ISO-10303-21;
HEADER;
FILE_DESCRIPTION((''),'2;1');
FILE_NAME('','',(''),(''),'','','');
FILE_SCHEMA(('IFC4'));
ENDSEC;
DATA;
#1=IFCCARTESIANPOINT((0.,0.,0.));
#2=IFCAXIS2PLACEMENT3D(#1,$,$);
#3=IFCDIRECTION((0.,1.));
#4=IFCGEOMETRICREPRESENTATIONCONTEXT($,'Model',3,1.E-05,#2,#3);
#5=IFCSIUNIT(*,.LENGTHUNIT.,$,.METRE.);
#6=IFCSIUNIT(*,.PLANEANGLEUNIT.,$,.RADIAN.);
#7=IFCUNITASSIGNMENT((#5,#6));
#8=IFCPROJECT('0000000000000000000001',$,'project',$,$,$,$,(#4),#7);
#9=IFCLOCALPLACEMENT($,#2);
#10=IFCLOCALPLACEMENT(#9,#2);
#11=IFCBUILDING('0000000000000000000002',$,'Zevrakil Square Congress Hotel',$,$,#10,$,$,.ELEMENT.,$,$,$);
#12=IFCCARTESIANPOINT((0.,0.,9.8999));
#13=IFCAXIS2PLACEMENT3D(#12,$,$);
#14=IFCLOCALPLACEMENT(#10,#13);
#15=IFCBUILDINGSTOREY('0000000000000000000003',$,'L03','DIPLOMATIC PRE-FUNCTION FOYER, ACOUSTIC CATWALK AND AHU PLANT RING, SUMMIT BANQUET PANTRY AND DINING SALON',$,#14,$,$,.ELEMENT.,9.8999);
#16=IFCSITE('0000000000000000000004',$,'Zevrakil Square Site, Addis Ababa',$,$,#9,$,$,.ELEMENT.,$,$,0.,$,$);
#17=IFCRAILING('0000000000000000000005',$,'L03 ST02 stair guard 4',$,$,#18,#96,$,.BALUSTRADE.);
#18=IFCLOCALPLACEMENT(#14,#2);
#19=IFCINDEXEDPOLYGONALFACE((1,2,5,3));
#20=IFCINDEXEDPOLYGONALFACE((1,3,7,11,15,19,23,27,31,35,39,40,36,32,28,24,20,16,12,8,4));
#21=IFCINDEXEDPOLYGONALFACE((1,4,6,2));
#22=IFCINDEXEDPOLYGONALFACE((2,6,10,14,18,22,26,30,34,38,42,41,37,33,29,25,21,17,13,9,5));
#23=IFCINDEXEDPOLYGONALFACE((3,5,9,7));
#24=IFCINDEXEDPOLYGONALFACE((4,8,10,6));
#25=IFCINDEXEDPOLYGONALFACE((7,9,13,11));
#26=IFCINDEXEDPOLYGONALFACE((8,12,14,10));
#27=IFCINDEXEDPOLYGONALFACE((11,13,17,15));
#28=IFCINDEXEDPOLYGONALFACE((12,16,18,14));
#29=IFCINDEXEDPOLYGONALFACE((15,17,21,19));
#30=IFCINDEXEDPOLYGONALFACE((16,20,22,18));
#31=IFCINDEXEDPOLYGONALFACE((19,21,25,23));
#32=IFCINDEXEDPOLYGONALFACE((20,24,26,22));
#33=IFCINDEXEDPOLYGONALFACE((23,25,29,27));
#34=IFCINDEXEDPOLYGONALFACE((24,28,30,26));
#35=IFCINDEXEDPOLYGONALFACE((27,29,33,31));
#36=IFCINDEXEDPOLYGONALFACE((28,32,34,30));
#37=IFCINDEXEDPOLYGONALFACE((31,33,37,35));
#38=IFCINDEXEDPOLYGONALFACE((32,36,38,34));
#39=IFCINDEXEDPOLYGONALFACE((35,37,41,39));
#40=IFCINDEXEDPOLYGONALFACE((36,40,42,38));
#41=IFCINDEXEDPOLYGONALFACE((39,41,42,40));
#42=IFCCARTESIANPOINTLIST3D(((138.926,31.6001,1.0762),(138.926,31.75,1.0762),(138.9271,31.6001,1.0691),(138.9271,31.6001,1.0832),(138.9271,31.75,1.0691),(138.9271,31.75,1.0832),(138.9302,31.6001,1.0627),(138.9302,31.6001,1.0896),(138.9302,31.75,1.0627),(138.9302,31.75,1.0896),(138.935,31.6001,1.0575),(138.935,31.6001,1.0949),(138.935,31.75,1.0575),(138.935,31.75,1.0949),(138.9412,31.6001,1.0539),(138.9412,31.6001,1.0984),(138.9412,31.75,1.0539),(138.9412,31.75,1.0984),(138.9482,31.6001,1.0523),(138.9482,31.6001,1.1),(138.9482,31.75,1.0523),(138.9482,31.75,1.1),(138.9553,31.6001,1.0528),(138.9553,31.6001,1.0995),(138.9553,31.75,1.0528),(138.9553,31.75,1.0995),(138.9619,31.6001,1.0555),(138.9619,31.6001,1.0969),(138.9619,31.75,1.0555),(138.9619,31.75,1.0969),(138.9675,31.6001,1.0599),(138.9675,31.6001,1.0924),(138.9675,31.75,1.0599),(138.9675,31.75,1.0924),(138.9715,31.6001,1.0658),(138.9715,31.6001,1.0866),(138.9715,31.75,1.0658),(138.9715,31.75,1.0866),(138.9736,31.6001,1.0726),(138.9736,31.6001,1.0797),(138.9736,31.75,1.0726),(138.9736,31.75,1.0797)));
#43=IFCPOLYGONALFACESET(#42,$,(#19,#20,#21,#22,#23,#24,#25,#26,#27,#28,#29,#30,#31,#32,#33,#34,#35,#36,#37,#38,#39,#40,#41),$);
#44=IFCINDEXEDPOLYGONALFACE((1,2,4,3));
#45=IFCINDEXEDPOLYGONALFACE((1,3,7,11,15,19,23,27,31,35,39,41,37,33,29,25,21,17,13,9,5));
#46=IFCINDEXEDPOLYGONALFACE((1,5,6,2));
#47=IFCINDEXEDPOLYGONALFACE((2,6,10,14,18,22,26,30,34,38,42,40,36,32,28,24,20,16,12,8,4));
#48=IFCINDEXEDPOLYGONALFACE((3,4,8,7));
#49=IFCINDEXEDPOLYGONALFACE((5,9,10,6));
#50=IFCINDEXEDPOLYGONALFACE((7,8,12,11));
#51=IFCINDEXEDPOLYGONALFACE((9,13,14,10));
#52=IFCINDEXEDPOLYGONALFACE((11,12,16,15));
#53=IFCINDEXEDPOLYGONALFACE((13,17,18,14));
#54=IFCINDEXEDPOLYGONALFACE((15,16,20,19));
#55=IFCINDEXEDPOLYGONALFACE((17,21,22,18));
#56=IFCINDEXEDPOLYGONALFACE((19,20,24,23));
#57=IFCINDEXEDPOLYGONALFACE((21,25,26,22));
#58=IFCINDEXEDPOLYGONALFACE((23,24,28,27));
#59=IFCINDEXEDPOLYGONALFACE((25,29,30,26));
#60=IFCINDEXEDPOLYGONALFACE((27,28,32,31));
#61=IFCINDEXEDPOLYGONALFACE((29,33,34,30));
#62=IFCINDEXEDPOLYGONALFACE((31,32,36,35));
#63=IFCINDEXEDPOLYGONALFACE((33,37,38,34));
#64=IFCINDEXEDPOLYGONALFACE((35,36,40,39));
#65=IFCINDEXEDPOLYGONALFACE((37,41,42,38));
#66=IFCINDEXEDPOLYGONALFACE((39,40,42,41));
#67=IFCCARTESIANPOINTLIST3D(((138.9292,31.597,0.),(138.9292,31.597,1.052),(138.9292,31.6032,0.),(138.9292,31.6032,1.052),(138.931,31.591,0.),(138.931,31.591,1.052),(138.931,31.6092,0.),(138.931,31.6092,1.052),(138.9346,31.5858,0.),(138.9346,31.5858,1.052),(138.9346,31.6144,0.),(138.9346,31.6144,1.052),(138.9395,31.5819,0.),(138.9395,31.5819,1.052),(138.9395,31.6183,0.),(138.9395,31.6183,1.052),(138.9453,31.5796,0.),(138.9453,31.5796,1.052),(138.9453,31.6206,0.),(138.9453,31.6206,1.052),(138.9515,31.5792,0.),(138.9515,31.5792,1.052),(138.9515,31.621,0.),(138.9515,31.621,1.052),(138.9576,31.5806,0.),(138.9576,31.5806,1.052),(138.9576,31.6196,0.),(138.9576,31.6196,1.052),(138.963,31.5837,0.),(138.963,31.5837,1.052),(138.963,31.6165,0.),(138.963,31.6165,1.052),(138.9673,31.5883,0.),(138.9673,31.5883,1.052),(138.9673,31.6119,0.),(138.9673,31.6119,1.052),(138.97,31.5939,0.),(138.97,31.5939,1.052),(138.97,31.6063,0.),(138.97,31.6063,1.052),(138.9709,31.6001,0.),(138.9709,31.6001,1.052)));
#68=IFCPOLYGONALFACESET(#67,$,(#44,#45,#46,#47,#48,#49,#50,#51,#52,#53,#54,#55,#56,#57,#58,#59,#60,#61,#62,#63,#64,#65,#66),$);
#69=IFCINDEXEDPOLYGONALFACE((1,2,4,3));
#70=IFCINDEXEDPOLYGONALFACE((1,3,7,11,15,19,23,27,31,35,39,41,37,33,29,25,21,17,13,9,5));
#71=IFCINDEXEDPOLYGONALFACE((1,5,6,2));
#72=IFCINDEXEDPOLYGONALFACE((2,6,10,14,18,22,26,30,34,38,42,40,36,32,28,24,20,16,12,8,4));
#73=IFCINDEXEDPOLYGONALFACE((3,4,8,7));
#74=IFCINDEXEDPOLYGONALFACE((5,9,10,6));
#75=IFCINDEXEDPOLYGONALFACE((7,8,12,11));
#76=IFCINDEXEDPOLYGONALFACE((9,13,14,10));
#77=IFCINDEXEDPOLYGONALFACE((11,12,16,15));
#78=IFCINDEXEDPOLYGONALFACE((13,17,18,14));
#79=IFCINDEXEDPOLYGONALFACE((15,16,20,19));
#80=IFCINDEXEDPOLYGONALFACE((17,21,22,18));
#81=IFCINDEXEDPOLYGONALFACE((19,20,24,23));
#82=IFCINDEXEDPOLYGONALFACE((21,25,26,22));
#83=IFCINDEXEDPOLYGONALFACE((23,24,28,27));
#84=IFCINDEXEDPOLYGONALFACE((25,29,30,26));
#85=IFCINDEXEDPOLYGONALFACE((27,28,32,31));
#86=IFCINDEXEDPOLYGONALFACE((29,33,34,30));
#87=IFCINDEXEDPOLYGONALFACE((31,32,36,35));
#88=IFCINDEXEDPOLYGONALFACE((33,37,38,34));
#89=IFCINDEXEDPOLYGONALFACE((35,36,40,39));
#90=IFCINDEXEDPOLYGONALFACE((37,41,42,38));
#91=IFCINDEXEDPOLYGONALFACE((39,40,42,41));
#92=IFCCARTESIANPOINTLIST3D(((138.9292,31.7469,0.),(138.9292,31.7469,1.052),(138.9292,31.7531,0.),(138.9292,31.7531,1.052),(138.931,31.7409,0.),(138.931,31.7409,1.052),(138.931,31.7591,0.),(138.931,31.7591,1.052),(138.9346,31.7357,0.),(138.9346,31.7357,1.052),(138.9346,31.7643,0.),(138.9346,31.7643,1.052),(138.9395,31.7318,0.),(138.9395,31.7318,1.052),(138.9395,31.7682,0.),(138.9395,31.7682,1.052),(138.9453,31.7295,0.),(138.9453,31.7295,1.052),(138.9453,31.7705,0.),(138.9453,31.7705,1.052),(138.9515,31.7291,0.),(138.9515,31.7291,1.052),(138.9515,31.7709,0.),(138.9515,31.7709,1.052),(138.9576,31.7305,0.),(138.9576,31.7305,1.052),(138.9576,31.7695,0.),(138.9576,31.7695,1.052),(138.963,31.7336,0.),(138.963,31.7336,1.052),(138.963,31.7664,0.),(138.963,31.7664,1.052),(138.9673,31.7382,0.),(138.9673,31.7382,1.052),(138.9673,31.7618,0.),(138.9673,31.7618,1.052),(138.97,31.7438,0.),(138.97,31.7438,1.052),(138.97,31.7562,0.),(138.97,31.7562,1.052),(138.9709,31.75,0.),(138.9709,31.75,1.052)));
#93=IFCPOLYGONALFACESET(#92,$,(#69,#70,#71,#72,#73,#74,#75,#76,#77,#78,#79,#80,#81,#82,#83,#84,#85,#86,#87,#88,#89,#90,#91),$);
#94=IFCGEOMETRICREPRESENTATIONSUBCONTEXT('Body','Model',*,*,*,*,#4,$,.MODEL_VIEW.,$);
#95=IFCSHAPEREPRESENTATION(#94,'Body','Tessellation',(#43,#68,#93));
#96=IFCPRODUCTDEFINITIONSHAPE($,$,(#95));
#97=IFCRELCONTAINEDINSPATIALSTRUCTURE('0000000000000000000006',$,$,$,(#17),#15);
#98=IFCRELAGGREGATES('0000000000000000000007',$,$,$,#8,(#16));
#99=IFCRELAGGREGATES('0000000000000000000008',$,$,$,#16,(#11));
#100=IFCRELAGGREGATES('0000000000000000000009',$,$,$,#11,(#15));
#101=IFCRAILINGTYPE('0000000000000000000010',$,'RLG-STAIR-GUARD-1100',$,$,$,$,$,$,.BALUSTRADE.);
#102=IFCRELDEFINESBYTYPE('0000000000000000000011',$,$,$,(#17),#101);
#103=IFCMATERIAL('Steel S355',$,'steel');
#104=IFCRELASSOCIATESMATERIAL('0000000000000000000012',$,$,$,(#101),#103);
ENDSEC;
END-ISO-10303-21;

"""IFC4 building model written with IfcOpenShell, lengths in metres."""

from ifc_helpers import new_model, si_unit, direction, frame, origin, origin_2d, place, context, subcontext, project, spatial, circle, extrude, material, type_object, element, save


model = new_model("IFC4")

# Units and contexts
model_context = context("Model", 3, precision=1e-05, world=origin(), true_north=direction((0.0, 1.0)))
body_context = subcontext(model_context, "Body", "Model", "MODEL_VIEW")
ifc_project = project(units=[si_unit("LENGTHUNIT", "METRE"), si_unit("PLANEANGLEUNIT", "RADIAN")], contexts=[model_context])

# Site, building, storey
site_placement = place(None, origin())
site = spatial("IfcSite", under=ifc_project, at=site_placement, Name="Zevrakil Square Site, Addis Ababa", CompositionType="ELEMENT", RefElevation=0.0)
building_placement = place(site_placement, origin())
building = spatial("IfcBuilding", under=site, at=building_placement, Name="Zevrakil Square Congress Hotel", CompositionType="ELEMENT")
storey_placement = place(building_placement, frame((0.0, 0.0, 9.8999)))
storey = spatial("IfcBuildingStorey", under=building, at=storey_placement, Name="L03", Description="DIPLOMATIC PRE-FUNCTION FOYER, ACOUSTIC CATWALK AND AHU PLANT RING, SUMMIT BANQUET PANTRY AND DINING SALON", CompositionType="ELEMENT", Elevation=9.8999)

# Railing
ifc_material_1 = material(Name="Steel S355", Category="steel")
railing_type_1 = type_object("IfcRailingType", Name="RLG-STAIR-GUARD-1100", PredefinedType="BALUSTRADE", material=ifc_material_1)
railing_1_placement = place(storey_placement, frame((138.95, 31.6001, 0.0)))
element("IfcRailing", 1, at=railing_1_placement, inside=storey, type_object=railing_type_1, Name="L03 ST02 stair guard 4", PredefinedType="BALUSTRADE", context=body_context, shape_type="SweptSolid", body=[
    extrude(circle(Radius=0.0239, at=origin_2d()), frame((0.0, 0.0, 1.0762), z_axis=(0.0, 1.0, 0.0), x_axis=(-1.0, 0.0, 0.0)), (0.0, 0.0, 1.0), 0.1499),
    extrude(circle(Radius=0.021, at=origin_2d()), origin(), (0.0, 0.0, 1.0), 1.052),
    extrude(circle(Radius=0.021, at=origin_2d()), frame((0.0, 0.1499, 0.0)), (0.0, 0.0, 1.0), 1.052),
])

save(model, "model.ifc")
